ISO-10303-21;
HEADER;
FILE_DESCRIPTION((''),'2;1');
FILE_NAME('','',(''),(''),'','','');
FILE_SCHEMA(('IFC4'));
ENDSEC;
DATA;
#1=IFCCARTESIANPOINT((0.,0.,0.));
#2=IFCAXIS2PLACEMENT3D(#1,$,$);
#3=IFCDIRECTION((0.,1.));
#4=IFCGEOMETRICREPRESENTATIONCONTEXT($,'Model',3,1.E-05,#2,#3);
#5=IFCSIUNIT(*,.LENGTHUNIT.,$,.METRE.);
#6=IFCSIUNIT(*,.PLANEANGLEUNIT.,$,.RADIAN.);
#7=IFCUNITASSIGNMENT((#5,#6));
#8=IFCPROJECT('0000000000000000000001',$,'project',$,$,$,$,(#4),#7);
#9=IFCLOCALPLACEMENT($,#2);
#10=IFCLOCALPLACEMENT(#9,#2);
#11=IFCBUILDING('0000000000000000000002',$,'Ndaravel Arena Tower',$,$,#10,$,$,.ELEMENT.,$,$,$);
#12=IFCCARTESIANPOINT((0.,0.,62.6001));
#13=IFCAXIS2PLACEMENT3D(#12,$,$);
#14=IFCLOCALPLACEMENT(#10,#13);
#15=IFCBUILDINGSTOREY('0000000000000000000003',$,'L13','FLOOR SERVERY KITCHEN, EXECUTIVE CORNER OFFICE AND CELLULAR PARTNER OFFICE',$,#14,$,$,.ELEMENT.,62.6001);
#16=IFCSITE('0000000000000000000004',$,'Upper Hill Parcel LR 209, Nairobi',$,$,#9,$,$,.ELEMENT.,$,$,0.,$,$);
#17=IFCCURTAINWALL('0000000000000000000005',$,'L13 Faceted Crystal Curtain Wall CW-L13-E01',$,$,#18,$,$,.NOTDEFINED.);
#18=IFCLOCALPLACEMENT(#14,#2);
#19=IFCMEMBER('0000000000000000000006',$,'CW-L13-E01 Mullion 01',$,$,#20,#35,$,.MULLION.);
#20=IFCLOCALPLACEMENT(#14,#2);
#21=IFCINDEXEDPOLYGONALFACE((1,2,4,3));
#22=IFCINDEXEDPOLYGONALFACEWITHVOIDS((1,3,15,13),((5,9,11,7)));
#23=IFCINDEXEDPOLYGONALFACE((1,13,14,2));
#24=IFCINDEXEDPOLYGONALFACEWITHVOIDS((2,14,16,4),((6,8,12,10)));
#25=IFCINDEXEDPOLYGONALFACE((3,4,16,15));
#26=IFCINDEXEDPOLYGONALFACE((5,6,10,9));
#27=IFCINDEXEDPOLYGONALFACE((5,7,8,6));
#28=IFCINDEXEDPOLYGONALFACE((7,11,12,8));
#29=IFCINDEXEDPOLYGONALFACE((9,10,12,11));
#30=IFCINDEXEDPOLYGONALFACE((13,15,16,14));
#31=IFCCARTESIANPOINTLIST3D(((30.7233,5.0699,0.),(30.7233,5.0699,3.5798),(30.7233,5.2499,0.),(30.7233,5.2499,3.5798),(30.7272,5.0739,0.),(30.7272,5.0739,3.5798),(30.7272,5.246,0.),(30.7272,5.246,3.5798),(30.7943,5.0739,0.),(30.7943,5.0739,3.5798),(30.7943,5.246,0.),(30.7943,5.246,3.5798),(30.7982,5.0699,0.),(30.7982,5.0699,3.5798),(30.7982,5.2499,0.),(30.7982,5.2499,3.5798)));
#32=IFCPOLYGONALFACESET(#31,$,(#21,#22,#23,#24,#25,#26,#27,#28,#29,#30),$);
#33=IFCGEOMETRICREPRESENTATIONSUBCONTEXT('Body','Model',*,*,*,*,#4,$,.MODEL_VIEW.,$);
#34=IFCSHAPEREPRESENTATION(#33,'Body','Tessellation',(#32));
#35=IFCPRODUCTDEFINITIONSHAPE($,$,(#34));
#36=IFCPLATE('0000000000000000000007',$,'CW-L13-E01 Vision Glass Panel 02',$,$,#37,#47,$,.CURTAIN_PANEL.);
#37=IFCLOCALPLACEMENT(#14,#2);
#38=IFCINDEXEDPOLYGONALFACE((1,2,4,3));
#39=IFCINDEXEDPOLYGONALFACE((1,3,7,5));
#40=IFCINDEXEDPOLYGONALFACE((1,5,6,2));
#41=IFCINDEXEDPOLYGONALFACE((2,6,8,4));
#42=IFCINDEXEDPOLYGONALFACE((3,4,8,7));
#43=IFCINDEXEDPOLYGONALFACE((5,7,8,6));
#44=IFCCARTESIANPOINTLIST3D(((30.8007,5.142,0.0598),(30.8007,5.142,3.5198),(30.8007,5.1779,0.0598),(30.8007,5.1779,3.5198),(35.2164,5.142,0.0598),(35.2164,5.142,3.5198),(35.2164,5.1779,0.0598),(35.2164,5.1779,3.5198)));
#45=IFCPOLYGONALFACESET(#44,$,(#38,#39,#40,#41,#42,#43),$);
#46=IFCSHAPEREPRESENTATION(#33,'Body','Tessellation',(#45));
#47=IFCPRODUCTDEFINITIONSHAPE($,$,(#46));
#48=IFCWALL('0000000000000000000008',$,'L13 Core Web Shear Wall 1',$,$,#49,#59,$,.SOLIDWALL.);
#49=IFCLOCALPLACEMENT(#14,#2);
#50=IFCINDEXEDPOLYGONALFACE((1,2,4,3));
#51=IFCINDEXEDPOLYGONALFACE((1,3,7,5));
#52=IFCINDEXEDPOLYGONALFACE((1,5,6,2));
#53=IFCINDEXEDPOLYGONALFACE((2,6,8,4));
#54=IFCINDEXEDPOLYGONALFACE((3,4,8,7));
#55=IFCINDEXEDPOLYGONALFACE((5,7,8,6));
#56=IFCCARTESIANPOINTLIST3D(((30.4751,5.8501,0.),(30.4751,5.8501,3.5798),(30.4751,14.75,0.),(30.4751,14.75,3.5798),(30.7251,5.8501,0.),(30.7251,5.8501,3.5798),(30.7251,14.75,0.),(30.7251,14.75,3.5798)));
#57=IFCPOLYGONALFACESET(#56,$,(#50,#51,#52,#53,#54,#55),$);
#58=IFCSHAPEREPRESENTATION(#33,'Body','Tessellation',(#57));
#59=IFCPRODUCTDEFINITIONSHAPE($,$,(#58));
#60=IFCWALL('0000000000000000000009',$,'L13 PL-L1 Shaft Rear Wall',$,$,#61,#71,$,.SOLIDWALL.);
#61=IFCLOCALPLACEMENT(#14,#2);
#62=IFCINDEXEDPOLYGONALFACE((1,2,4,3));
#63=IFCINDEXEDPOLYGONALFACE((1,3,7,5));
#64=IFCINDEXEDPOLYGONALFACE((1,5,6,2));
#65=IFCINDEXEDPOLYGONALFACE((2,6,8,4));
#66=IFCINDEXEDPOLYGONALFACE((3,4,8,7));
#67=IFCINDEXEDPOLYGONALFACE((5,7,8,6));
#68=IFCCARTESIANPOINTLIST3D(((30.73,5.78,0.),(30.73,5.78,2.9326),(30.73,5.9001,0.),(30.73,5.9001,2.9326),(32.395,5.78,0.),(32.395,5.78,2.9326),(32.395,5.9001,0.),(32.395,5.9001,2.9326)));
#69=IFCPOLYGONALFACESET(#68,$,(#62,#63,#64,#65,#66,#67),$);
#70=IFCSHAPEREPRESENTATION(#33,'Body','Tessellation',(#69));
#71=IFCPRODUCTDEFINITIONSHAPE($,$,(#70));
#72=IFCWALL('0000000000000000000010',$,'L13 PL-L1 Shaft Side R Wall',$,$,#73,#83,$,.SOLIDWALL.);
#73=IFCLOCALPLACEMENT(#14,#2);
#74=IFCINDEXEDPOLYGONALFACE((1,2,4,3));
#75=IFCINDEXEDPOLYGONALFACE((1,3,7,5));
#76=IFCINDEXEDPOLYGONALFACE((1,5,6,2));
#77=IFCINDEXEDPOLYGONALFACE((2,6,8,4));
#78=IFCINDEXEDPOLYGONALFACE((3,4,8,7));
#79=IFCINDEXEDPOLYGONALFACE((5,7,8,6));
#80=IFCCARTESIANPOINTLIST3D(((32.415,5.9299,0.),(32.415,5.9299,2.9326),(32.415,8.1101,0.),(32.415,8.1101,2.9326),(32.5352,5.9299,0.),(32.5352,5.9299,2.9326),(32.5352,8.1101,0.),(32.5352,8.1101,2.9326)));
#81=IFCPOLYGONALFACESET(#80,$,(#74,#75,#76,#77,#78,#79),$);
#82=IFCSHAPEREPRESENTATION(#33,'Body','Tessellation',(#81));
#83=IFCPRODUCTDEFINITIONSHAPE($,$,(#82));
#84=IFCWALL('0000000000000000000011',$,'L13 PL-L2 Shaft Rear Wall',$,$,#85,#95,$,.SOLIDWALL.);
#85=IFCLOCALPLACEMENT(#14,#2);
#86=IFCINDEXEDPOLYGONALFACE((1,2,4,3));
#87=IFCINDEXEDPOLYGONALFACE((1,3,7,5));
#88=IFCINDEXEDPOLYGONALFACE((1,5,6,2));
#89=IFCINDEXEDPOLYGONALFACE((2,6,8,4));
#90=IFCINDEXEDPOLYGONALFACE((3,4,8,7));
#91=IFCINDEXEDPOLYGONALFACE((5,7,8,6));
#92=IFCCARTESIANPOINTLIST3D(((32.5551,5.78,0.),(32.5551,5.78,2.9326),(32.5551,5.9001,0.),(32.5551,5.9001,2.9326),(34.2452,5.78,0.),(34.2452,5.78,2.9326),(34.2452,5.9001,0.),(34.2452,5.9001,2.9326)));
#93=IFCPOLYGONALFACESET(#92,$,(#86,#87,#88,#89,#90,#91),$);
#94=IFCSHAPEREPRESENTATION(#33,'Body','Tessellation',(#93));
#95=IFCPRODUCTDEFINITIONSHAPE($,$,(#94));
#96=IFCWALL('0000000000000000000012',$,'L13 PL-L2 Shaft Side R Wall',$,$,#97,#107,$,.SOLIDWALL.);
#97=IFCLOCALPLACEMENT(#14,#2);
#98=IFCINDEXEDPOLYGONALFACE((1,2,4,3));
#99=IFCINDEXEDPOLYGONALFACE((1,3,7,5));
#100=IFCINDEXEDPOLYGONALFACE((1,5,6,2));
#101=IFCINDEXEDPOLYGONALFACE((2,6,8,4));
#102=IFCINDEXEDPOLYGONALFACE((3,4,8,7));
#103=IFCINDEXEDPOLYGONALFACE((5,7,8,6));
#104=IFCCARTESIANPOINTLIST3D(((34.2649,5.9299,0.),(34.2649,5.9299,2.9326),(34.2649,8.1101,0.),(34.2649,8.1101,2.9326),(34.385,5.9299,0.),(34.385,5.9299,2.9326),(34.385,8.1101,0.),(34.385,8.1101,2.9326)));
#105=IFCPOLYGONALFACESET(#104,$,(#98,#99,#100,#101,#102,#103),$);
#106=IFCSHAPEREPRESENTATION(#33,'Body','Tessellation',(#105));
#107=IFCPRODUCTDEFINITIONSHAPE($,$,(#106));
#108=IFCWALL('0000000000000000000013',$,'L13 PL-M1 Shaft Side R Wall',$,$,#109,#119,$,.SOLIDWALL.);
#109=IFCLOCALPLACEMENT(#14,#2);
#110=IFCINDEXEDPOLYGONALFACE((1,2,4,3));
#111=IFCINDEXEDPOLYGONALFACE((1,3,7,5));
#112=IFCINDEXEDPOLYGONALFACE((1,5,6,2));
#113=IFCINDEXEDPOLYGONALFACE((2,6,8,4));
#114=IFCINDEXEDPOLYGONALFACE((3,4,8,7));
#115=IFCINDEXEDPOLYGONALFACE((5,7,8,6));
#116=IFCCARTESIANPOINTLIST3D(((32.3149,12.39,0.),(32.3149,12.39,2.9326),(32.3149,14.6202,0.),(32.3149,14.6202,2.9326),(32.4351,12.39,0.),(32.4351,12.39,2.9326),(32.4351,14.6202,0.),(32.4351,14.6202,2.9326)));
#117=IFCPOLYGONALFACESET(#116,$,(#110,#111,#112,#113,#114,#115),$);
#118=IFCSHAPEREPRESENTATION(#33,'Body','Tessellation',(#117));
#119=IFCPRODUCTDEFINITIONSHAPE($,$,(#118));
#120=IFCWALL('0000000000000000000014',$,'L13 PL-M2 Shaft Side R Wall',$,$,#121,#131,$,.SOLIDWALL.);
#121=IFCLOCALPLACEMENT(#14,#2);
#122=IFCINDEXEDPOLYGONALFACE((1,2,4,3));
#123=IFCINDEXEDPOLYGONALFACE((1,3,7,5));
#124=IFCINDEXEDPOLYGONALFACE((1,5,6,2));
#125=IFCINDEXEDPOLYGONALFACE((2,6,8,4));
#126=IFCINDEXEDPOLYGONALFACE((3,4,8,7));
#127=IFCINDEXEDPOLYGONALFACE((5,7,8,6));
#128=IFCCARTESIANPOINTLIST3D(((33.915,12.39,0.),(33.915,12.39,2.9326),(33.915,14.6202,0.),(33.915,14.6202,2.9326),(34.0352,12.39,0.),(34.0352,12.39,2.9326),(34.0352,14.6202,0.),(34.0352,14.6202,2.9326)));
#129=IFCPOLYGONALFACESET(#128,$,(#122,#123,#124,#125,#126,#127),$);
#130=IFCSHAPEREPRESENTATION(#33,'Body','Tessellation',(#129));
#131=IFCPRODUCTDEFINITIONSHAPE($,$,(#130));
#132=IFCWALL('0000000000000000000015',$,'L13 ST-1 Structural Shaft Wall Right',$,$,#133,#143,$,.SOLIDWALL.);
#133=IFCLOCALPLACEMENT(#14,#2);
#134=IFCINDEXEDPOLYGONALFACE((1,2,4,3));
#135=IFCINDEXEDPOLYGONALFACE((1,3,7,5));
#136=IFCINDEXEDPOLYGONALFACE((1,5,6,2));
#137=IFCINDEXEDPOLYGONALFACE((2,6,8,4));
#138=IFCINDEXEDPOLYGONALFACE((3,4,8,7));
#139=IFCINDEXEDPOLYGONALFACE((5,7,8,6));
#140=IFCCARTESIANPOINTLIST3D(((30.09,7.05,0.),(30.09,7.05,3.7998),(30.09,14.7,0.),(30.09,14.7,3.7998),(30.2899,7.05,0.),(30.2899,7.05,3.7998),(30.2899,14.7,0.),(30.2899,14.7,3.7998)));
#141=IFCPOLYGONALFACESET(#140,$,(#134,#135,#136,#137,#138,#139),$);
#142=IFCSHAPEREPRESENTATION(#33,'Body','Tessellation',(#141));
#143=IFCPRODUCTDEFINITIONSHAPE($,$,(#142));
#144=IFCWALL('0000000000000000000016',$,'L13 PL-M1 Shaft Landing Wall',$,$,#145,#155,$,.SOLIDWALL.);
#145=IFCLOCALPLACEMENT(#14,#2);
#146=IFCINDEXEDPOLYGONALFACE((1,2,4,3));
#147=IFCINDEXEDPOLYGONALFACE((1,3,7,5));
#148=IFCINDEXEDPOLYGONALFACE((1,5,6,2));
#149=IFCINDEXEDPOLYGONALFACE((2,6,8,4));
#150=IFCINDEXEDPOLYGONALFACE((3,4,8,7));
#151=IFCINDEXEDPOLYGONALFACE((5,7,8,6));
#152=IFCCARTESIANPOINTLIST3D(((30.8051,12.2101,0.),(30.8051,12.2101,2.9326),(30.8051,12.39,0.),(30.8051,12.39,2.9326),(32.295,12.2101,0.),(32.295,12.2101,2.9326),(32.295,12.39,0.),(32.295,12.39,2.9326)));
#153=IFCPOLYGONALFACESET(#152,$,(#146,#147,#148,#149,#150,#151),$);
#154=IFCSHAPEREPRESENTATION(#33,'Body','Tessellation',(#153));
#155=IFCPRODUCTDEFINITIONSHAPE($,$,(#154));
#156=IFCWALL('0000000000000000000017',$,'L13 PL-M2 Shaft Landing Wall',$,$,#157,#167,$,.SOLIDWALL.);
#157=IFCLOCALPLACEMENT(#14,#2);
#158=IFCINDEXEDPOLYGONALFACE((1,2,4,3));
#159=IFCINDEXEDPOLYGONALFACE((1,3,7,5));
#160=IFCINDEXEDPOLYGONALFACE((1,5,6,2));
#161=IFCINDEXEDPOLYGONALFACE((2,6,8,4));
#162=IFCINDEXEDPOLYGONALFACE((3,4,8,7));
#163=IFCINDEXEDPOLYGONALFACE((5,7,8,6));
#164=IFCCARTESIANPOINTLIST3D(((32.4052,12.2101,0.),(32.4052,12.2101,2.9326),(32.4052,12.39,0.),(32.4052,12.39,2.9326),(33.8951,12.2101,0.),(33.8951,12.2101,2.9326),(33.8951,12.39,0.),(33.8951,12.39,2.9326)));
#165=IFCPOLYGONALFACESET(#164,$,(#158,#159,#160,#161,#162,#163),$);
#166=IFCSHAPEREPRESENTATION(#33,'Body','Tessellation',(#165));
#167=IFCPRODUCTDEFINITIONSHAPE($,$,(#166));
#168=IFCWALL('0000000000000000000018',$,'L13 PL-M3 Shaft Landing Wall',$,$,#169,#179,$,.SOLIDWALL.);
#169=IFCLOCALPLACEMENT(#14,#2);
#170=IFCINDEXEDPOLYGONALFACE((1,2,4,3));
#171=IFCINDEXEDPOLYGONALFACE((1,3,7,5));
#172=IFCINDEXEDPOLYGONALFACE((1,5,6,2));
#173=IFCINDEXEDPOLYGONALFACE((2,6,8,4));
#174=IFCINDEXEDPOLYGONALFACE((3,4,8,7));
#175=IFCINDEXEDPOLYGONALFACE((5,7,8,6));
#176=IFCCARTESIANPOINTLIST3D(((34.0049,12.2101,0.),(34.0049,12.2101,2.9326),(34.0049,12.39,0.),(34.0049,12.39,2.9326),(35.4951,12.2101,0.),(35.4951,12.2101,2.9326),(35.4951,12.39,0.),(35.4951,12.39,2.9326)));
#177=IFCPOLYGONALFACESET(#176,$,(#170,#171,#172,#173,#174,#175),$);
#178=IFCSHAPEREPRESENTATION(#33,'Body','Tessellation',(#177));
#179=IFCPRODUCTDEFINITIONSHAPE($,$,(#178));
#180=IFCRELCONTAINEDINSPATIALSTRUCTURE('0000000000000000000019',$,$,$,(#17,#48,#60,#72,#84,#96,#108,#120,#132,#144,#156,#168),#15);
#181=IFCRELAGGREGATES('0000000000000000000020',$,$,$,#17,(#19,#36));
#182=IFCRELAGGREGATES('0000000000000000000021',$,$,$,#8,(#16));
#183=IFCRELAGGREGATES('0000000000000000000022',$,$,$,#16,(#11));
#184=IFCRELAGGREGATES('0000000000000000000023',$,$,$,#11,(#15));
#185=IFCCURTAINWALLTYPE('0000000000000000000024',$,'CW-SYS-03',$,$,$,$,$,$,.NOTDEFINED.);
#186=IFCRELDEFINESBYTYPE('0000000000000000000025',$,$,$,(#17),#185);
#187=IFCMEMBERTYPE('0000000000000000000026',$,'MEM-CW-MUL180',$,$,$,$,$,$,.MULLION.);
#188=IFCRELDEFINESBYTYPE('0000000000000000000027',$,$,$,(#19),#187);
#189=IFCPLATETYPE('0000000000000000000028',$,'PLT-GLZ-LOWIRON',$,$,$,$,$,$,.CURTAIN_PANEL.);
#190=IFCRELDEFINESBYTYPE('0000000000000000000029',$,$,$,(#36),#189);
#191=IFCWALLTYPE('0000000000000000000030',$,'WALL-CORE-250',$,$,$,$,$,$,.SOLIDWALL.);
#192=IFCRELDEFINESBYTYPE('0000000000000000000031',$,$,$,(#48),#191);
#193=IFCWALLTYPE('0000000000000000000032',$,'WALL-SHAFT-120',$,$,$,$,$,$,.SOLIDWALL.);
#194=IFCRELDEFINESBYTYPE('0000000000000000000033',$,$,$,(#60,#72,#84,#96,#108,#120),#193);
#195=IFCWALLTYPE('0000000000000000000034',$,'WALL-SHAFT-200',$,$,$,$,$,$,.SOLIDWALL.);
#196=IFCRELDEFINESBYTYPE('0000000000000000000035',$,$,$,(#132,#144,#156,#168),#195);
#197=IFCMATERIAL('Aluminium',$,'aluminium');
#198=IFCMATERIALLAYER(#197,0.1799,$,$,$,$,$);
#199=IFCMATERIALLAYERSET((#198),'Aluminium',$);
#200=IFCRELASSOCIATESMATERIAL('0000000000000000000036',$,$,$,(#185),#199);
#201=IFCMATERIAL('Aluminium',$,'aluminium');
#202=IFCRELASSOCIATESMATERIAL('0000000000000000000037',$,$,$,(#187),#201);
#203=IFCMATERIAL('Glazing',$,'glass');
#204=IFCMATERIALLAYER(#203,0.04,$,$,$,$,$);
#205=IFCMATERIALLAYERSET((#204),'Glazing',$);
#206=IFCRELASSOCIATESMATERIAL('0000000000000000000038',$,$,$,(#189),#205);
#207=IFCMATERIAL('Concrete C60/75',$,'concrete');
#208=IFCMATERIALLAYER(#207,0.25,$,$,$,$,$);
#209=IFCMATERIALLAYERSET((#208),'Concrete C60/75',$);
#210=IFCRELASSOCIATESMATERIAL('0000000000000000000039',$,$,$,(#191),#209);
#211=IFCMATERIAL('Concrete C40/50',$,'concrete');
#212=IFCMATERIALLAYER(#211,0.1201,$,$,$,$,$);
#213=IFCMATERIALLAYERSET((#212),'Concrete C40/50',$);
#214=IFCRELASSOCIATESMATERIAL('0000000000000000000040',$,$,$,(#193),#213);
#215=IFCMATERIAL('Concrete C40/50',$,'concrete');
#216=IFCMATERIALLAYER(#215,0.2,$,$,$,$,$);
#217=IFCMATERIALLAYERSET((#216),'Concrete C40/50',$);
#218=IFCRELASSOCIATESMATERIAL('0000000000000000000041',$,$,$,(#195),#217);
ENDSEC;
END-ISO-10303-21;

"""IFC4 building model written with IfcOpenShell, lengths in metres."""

from ifc_helpers import new_model, si_unit, direction, frame, frame_2d, origin, origin_2d, place, context, subcontext, project, spatial, rectangle, hollow_rectangle, extrude, material, layer, layer_set, material_profile, profile_set, type_object, element, aggregate, save


model = new_model("IFC4")

# Units and contexts
model_context = context("Model", 3, precision=1e-05, world=origin(), true_north=direction((0.0, 1.0)))
body_context = subcontext(model_context, "Body", "Model", "MODEL_VIEW")
ifc_project = project(units=[si_unit("LENGTHUNIT", "METRE"), si_unit("PLANEANGLEUNIT", "RADIAN")], contexts=[model_context])

# Site, building, storey
site_placement = place(None, origin())
site = spatial("IfcSite", under=ifc_project, at=site_placement, Name="Upper Hill Parcel LR 209, Nairobi", CompositionType="ELEMENT", RefElevation=0.0)
building_placement = place(site_placement, origin())
building = spatial("IfcBuilding", under=site, at=building_placement, Name="Ndaravel Arena Tower", CompositionType="ELEMENT")
storey_placement = place(building_placement, frame((0.0, 0.0, 62.6001)))
storey = spatial("IfcBuildingStorey", under=building, at=storey_placement, Name="L13", Description="FLOOR SERVERY KITCHEN, EXECUTIVE CORNER OFFICE AND CELLULAR PARTNER OFFICE", CompositionType="ELEMENT", Elevation=62.6001)

# Curtain wall, member, plate
ifc_material_1 = material(Name="Aluminium", Category="aluminium")
ifc_layer_1 = layer(ifc_material_1, 0.1799)
ifc_layer_set_1 = layer_set([ifc_layer_1], Name="Aluminium")
curtain_wall_type = type_object("IfcCurtainWallType", Name="CW-SYS-03", PredefinedType="NOTDEFINED", material=ifc_layer_set_1)
curtain_wall_placement = place(storey_placement, origin())
curtain_wall = element("IfcCurtainWall", 1, at=curtain_wall_placement, inside=storey, type_object=curtain_wall_type, Name="L13 Faceted Crystal Curtain Wall CW-L13-E01", PredefinedType="NOTDEFINED")
ifc_material_2 = material(Name="Aluminium", Category="aluminium")
ifc_material_profile = material_profile(ifc_material_2, hollow_rectangle(XDim=0.075, YDim=0.1799, WallThickness=0.0039, at=origin_2d()), Name="CW MULLION 75x180x4")
ifc_profile_set = profile_set([ifc_material_profile], Name="Aluminium")
member_type = type_object("IfcMemberType", Name="MEM-CW-MUL180", PredefinedType="MULLION", material=ifc_profile_set)
member_placement = place(storey_placement, frame((30.7607, 5.1599, 0.0), z_axis=(0.0, 0.0, 1.0), x_axis=(1.0, 0.0, 0.0)))
member = element("IfcMember", 2, at=member_placement, type_object=member_type, Name="CW-L13-E01 Mullion 01", PredefinedType="MULLION", context=body_context, shape_type="SweptSolid", body=[
    extrude(hollow_rectangle(XDim=0.075, YDim=0.1799, WallThickness=0.0039, at=origin_2d()), origin(), (0.0, 0.0, 1.0), 3.5798),
])
ifc_material_3 = material(Name="Glazing", Category="glass")
ifc_layer_2 = layer(ifc_material_3, 0.04)
ifc_layer_set_2 = layer_set([ifc_layer_2], Name="Glazing")
plate_type = type_object("IfcPlateType", Name="PLT-GLZ-LOWIRON", PredefinedType="CURTAIN_PANEL", material=ifc_layer_set_2)
plate_placement = place(storey_placement, frame((33.0085, 5.1599, 0.0598), z_axis=(0.0, 0.0, 1.0), x_axis=(1.0, 0.0, 0.0)))
plate = element("IfcPlate", 3, at=plate_placement, type_object=plate_type, Name="CW-L13-E01 Vision Glass Panel 02", PredefinedType="CURTAIN_PANEL", context=body_context, shape_type="SweptSolid", body=[
    extrude(rectangle(XDim=4.4158, YDim=0.0359, at=origin_2d()), origin(), (0.0, 0.0, 1.0), 3.46),
])
aggregate(curtain_wall, [member, plate])

# Walls
ifc_material_4 = material(Name="Concrete C60/75", Category="concrete")
ifc_layer_3 = layer(ifc_material_4, 0.25)
ifc_layer_set_3 = layer_set([ifc_layer_3], Name="Concrete C60/75")
wall_type_1 = type_object("IfcWallType", Name="WALL-CORE-250", PredefinedType="SOLIDWALL", material=ifc_layer_set_3)
wall_1_placement = place(storey_placement, frame((30.6001, 5.8501, 0.0), z_axis=(0.0, 0.0, 1.0), x_axis=(0.0, 1.0, 0.0)))
element("IfcWall", 4, at=wall_1_placement, inside=storey, type_object=wall_type_1, Name="L13 Core Web Shear Wall 1", PredefinedType="SOLIDWALL", context=body_context, shape_type="SweptSolid", body=[
    extrude(rectangle(XDim=8.8999, YDim=0.25, at=frame_2d((4.45, 0.0))), origin(), (0.0, 0.0, 1.0), 3.5798),
])
ifc_material_5 = material(Name="Concrete C40/50", Category="concrete")
ifc_layer_4 = layer(ifc_material_5, 0.1201)
ifc_layer_set_4 = layer_set([ifc_layer_4], Name="Concrete C40/50")
wall_type_2 = type_object("IfcWallType", Name="WALL-SHAFT-120", PredefinedType="SOLIDWALL", material=ifc_layer_set_4)
wall_2_placement = place(storey_placement, frame((30.73, 5.8401, 0.0), z_axis=(0.0, 0.0, 1.0), x_axis=(1.0, 0.0, 0.0)))
element("IfcWall", 5, at=wall_2_placement, inside=storey, type_object=wall_type_2, Name="L13 PL-L1 Shaft Rear Wall", PredefinedType="SOLIDWALL", context=body_context, shape_type="SweptSolid", body=[
    extrude(rectangle(XDim=1.665, YDim=0.1201, at=frame_2d((0.8325, 0.0))), origin(), (0.0, 0.0, 1.0), 2.9326),
])
wall_3_placement = place(storey_placement, frame((32.4751, 5.9299, 0.0), z_axis=(0.0, 0.0, 1.0), x_axis=(0.0, 1.0, 0.0)))
element("IfcWall", 6, at=wall_3_placement, inside=storey, type_object=wall_type_2, Name="L13 PL-L1 Shaft Side R Wall", PredefinedType="SOLIDWALL", context=body_context, shape_type="SweptSolid", body=[
    extrude(rectangle(XDim=2.1802, YDim=0.1201, at=frame_2d((1.0901, 0.0))), origin(), (0.0, 0.0, 1.0), 2.9326),
])
wall_4_placement = place(storey_placement, frame((32.5549, 5.8401, 0.0), z_axis=(0.0, 0.0, 1.0), x_axis=(1.0, 0.0, 0.0)))
element("IfcWall", 7, at=wall_4_placement, inside=storey, type_object=wall_type_2, Name="L13 PL-L2 Shaft Rear Wall", PredefinedType="SOLIDWALL", context=body_context, shape_type="SweptSolid", body=[
    extrude(rectangle(XDim=1.6902, YDim=0.1201, at=frame_2d((0.8452, 0.0))), origin(), (0.0, 0.0, 1.0), 2.9326),
])
wall_5_placement = place(storey_placement, frame((34.325, 5.9299, 0.0), z_axis=(0.0, 0.0, 1.0), x_axis=(0.0, 1.0, 0.0)))
element("IfcWall", 8, at=wall_5_placement, inside=storey, type_object=wall_type_2, Name="L13 PL-L2 Shaft Side R Wall", PredefinedType="SOLIDWALL", context=body_context, shape_type="SweptSolid", body=[
    extrude(rectangle(XDim=2.1802, YDim=0.1201, at=frame_2d((1.0901, 0.0))), origin(), (0.0, 0.0, 1.0), 2.9326),
])
for number, where, z_axis, x_axis, name in (
    (9, (32.375, 12.3899, 0.0), (0.0, 0.0, 1.0), (0.0, 1.0, 0.0), "L13 PL-M1 Shaft Side R Wall"),
    (10, (33.9751, 12.3899, 0.0), (0.0, 0.0, 1.0), (0.0, 1.0, 0.0), "L13 PL-M2 Shaft Side R Wall"),
):
    element("IfcWall", number, at=place(storey_placement, frame(where, z_axis=z_axis, x_axis=x_axis)), inside=storey, type_object=wall_type_2, Name=name, PredefinedType="SOLIDWALL", context=body_context, shape_type="SweptSolid", body=[
        extrude(rectangle(XDim=2.2302, YDim=0.1201, at=frame_2d((1.1152, 0.0))), origin(), (0.0, 0.0, 1.0), 2.9326),
    ])
ifc_material_6 = material(Name="Concrete C40/50", Category="concrete")
ifc_layer_5 = layer(ifc_material_6, 0.2)
ifc_layer_set_5 = layer_set([ifc_layer_5], Name="Concrete C40/50")
wall_type_3 = type_object("IfcWallType", Name="WALL-SHAFT-200", PredefinedType="SOLIDWALL", material=ifc_layer_set_5)
wall_6_placement = place(storey_placement, frame((30.1899, 14.7, 0.0), z_axis=(0.0, 0.0, 1.0), x_axis=(0.0, -1.0, 0.0)))
element("IfcWall", 11, at=wall_6_placement, inside=storey, type_object=wall_type_3, Name="L13 ST-1 Structural Shaft Wall Right", PredefinedType="SOLIDWALL", context=body_context, shape_type="SweptSolid", body=[
    extrude(rectangle(XDim=7.6499, YDim=0.2, at=frame_2d((3.825, 0.0))), origin(), (0.0, 0.0, 1.0), 3.7998),
])

# Walls
for number, where, z_axis, x_axis, name in (
    (12, (30.8049, 12.3, 0.0), (0.0, 0.0, 1.0), (1.0, 0.0, 0.0), "L13 PL-M1 Shaft Landing Wall"),
    (13, (32.405, 12.3, 0.0), (0.0, 0.0, 1.0), (1.0, 0.0, 0.0), "L13 PL-M2 Shaft Landing Wall"),
):
    element("IfcWall", number, at=place(storey_placement, frame(where, z_axis=z_axis, x_axis=x_axis)), inside=storey, type_object=wall_type_3, Name=name, PredefinedType="SOLIDWALL", context=body_context, shape_type="SweptSolid", body=[
        extrude(rectangle(XDim=1.49, YDim=0.1799, at=frame_2d((0.7451, 0.0))), origin(), (0.0, 0.0, 1.0), 2.9326),
    ])
wall_7_placement = place(storey_placement, frame((34.0049, 12.3, 0.0), z_axis=(0.0, 0.0, 1.0), x_axis=(1.0, 0.0, 0.0)))
element("IfcWall", 14, at=wall_7_placement, inside=storey, type_object=wall_type_3, Name="L13 PL-M3 Shaft Landing Wall", PredefinedType="SOLIDWALL", context=body_context, shape_type="SweptSolid", body=[
    extrude(rectangle(XDim=1.4902, YDim=0.1799, at=frame_2d((0.7451, 0.0))), origin(), (0.0, 0.0, 1.0), 2.9326),
])

save(model, "model.ifc")
